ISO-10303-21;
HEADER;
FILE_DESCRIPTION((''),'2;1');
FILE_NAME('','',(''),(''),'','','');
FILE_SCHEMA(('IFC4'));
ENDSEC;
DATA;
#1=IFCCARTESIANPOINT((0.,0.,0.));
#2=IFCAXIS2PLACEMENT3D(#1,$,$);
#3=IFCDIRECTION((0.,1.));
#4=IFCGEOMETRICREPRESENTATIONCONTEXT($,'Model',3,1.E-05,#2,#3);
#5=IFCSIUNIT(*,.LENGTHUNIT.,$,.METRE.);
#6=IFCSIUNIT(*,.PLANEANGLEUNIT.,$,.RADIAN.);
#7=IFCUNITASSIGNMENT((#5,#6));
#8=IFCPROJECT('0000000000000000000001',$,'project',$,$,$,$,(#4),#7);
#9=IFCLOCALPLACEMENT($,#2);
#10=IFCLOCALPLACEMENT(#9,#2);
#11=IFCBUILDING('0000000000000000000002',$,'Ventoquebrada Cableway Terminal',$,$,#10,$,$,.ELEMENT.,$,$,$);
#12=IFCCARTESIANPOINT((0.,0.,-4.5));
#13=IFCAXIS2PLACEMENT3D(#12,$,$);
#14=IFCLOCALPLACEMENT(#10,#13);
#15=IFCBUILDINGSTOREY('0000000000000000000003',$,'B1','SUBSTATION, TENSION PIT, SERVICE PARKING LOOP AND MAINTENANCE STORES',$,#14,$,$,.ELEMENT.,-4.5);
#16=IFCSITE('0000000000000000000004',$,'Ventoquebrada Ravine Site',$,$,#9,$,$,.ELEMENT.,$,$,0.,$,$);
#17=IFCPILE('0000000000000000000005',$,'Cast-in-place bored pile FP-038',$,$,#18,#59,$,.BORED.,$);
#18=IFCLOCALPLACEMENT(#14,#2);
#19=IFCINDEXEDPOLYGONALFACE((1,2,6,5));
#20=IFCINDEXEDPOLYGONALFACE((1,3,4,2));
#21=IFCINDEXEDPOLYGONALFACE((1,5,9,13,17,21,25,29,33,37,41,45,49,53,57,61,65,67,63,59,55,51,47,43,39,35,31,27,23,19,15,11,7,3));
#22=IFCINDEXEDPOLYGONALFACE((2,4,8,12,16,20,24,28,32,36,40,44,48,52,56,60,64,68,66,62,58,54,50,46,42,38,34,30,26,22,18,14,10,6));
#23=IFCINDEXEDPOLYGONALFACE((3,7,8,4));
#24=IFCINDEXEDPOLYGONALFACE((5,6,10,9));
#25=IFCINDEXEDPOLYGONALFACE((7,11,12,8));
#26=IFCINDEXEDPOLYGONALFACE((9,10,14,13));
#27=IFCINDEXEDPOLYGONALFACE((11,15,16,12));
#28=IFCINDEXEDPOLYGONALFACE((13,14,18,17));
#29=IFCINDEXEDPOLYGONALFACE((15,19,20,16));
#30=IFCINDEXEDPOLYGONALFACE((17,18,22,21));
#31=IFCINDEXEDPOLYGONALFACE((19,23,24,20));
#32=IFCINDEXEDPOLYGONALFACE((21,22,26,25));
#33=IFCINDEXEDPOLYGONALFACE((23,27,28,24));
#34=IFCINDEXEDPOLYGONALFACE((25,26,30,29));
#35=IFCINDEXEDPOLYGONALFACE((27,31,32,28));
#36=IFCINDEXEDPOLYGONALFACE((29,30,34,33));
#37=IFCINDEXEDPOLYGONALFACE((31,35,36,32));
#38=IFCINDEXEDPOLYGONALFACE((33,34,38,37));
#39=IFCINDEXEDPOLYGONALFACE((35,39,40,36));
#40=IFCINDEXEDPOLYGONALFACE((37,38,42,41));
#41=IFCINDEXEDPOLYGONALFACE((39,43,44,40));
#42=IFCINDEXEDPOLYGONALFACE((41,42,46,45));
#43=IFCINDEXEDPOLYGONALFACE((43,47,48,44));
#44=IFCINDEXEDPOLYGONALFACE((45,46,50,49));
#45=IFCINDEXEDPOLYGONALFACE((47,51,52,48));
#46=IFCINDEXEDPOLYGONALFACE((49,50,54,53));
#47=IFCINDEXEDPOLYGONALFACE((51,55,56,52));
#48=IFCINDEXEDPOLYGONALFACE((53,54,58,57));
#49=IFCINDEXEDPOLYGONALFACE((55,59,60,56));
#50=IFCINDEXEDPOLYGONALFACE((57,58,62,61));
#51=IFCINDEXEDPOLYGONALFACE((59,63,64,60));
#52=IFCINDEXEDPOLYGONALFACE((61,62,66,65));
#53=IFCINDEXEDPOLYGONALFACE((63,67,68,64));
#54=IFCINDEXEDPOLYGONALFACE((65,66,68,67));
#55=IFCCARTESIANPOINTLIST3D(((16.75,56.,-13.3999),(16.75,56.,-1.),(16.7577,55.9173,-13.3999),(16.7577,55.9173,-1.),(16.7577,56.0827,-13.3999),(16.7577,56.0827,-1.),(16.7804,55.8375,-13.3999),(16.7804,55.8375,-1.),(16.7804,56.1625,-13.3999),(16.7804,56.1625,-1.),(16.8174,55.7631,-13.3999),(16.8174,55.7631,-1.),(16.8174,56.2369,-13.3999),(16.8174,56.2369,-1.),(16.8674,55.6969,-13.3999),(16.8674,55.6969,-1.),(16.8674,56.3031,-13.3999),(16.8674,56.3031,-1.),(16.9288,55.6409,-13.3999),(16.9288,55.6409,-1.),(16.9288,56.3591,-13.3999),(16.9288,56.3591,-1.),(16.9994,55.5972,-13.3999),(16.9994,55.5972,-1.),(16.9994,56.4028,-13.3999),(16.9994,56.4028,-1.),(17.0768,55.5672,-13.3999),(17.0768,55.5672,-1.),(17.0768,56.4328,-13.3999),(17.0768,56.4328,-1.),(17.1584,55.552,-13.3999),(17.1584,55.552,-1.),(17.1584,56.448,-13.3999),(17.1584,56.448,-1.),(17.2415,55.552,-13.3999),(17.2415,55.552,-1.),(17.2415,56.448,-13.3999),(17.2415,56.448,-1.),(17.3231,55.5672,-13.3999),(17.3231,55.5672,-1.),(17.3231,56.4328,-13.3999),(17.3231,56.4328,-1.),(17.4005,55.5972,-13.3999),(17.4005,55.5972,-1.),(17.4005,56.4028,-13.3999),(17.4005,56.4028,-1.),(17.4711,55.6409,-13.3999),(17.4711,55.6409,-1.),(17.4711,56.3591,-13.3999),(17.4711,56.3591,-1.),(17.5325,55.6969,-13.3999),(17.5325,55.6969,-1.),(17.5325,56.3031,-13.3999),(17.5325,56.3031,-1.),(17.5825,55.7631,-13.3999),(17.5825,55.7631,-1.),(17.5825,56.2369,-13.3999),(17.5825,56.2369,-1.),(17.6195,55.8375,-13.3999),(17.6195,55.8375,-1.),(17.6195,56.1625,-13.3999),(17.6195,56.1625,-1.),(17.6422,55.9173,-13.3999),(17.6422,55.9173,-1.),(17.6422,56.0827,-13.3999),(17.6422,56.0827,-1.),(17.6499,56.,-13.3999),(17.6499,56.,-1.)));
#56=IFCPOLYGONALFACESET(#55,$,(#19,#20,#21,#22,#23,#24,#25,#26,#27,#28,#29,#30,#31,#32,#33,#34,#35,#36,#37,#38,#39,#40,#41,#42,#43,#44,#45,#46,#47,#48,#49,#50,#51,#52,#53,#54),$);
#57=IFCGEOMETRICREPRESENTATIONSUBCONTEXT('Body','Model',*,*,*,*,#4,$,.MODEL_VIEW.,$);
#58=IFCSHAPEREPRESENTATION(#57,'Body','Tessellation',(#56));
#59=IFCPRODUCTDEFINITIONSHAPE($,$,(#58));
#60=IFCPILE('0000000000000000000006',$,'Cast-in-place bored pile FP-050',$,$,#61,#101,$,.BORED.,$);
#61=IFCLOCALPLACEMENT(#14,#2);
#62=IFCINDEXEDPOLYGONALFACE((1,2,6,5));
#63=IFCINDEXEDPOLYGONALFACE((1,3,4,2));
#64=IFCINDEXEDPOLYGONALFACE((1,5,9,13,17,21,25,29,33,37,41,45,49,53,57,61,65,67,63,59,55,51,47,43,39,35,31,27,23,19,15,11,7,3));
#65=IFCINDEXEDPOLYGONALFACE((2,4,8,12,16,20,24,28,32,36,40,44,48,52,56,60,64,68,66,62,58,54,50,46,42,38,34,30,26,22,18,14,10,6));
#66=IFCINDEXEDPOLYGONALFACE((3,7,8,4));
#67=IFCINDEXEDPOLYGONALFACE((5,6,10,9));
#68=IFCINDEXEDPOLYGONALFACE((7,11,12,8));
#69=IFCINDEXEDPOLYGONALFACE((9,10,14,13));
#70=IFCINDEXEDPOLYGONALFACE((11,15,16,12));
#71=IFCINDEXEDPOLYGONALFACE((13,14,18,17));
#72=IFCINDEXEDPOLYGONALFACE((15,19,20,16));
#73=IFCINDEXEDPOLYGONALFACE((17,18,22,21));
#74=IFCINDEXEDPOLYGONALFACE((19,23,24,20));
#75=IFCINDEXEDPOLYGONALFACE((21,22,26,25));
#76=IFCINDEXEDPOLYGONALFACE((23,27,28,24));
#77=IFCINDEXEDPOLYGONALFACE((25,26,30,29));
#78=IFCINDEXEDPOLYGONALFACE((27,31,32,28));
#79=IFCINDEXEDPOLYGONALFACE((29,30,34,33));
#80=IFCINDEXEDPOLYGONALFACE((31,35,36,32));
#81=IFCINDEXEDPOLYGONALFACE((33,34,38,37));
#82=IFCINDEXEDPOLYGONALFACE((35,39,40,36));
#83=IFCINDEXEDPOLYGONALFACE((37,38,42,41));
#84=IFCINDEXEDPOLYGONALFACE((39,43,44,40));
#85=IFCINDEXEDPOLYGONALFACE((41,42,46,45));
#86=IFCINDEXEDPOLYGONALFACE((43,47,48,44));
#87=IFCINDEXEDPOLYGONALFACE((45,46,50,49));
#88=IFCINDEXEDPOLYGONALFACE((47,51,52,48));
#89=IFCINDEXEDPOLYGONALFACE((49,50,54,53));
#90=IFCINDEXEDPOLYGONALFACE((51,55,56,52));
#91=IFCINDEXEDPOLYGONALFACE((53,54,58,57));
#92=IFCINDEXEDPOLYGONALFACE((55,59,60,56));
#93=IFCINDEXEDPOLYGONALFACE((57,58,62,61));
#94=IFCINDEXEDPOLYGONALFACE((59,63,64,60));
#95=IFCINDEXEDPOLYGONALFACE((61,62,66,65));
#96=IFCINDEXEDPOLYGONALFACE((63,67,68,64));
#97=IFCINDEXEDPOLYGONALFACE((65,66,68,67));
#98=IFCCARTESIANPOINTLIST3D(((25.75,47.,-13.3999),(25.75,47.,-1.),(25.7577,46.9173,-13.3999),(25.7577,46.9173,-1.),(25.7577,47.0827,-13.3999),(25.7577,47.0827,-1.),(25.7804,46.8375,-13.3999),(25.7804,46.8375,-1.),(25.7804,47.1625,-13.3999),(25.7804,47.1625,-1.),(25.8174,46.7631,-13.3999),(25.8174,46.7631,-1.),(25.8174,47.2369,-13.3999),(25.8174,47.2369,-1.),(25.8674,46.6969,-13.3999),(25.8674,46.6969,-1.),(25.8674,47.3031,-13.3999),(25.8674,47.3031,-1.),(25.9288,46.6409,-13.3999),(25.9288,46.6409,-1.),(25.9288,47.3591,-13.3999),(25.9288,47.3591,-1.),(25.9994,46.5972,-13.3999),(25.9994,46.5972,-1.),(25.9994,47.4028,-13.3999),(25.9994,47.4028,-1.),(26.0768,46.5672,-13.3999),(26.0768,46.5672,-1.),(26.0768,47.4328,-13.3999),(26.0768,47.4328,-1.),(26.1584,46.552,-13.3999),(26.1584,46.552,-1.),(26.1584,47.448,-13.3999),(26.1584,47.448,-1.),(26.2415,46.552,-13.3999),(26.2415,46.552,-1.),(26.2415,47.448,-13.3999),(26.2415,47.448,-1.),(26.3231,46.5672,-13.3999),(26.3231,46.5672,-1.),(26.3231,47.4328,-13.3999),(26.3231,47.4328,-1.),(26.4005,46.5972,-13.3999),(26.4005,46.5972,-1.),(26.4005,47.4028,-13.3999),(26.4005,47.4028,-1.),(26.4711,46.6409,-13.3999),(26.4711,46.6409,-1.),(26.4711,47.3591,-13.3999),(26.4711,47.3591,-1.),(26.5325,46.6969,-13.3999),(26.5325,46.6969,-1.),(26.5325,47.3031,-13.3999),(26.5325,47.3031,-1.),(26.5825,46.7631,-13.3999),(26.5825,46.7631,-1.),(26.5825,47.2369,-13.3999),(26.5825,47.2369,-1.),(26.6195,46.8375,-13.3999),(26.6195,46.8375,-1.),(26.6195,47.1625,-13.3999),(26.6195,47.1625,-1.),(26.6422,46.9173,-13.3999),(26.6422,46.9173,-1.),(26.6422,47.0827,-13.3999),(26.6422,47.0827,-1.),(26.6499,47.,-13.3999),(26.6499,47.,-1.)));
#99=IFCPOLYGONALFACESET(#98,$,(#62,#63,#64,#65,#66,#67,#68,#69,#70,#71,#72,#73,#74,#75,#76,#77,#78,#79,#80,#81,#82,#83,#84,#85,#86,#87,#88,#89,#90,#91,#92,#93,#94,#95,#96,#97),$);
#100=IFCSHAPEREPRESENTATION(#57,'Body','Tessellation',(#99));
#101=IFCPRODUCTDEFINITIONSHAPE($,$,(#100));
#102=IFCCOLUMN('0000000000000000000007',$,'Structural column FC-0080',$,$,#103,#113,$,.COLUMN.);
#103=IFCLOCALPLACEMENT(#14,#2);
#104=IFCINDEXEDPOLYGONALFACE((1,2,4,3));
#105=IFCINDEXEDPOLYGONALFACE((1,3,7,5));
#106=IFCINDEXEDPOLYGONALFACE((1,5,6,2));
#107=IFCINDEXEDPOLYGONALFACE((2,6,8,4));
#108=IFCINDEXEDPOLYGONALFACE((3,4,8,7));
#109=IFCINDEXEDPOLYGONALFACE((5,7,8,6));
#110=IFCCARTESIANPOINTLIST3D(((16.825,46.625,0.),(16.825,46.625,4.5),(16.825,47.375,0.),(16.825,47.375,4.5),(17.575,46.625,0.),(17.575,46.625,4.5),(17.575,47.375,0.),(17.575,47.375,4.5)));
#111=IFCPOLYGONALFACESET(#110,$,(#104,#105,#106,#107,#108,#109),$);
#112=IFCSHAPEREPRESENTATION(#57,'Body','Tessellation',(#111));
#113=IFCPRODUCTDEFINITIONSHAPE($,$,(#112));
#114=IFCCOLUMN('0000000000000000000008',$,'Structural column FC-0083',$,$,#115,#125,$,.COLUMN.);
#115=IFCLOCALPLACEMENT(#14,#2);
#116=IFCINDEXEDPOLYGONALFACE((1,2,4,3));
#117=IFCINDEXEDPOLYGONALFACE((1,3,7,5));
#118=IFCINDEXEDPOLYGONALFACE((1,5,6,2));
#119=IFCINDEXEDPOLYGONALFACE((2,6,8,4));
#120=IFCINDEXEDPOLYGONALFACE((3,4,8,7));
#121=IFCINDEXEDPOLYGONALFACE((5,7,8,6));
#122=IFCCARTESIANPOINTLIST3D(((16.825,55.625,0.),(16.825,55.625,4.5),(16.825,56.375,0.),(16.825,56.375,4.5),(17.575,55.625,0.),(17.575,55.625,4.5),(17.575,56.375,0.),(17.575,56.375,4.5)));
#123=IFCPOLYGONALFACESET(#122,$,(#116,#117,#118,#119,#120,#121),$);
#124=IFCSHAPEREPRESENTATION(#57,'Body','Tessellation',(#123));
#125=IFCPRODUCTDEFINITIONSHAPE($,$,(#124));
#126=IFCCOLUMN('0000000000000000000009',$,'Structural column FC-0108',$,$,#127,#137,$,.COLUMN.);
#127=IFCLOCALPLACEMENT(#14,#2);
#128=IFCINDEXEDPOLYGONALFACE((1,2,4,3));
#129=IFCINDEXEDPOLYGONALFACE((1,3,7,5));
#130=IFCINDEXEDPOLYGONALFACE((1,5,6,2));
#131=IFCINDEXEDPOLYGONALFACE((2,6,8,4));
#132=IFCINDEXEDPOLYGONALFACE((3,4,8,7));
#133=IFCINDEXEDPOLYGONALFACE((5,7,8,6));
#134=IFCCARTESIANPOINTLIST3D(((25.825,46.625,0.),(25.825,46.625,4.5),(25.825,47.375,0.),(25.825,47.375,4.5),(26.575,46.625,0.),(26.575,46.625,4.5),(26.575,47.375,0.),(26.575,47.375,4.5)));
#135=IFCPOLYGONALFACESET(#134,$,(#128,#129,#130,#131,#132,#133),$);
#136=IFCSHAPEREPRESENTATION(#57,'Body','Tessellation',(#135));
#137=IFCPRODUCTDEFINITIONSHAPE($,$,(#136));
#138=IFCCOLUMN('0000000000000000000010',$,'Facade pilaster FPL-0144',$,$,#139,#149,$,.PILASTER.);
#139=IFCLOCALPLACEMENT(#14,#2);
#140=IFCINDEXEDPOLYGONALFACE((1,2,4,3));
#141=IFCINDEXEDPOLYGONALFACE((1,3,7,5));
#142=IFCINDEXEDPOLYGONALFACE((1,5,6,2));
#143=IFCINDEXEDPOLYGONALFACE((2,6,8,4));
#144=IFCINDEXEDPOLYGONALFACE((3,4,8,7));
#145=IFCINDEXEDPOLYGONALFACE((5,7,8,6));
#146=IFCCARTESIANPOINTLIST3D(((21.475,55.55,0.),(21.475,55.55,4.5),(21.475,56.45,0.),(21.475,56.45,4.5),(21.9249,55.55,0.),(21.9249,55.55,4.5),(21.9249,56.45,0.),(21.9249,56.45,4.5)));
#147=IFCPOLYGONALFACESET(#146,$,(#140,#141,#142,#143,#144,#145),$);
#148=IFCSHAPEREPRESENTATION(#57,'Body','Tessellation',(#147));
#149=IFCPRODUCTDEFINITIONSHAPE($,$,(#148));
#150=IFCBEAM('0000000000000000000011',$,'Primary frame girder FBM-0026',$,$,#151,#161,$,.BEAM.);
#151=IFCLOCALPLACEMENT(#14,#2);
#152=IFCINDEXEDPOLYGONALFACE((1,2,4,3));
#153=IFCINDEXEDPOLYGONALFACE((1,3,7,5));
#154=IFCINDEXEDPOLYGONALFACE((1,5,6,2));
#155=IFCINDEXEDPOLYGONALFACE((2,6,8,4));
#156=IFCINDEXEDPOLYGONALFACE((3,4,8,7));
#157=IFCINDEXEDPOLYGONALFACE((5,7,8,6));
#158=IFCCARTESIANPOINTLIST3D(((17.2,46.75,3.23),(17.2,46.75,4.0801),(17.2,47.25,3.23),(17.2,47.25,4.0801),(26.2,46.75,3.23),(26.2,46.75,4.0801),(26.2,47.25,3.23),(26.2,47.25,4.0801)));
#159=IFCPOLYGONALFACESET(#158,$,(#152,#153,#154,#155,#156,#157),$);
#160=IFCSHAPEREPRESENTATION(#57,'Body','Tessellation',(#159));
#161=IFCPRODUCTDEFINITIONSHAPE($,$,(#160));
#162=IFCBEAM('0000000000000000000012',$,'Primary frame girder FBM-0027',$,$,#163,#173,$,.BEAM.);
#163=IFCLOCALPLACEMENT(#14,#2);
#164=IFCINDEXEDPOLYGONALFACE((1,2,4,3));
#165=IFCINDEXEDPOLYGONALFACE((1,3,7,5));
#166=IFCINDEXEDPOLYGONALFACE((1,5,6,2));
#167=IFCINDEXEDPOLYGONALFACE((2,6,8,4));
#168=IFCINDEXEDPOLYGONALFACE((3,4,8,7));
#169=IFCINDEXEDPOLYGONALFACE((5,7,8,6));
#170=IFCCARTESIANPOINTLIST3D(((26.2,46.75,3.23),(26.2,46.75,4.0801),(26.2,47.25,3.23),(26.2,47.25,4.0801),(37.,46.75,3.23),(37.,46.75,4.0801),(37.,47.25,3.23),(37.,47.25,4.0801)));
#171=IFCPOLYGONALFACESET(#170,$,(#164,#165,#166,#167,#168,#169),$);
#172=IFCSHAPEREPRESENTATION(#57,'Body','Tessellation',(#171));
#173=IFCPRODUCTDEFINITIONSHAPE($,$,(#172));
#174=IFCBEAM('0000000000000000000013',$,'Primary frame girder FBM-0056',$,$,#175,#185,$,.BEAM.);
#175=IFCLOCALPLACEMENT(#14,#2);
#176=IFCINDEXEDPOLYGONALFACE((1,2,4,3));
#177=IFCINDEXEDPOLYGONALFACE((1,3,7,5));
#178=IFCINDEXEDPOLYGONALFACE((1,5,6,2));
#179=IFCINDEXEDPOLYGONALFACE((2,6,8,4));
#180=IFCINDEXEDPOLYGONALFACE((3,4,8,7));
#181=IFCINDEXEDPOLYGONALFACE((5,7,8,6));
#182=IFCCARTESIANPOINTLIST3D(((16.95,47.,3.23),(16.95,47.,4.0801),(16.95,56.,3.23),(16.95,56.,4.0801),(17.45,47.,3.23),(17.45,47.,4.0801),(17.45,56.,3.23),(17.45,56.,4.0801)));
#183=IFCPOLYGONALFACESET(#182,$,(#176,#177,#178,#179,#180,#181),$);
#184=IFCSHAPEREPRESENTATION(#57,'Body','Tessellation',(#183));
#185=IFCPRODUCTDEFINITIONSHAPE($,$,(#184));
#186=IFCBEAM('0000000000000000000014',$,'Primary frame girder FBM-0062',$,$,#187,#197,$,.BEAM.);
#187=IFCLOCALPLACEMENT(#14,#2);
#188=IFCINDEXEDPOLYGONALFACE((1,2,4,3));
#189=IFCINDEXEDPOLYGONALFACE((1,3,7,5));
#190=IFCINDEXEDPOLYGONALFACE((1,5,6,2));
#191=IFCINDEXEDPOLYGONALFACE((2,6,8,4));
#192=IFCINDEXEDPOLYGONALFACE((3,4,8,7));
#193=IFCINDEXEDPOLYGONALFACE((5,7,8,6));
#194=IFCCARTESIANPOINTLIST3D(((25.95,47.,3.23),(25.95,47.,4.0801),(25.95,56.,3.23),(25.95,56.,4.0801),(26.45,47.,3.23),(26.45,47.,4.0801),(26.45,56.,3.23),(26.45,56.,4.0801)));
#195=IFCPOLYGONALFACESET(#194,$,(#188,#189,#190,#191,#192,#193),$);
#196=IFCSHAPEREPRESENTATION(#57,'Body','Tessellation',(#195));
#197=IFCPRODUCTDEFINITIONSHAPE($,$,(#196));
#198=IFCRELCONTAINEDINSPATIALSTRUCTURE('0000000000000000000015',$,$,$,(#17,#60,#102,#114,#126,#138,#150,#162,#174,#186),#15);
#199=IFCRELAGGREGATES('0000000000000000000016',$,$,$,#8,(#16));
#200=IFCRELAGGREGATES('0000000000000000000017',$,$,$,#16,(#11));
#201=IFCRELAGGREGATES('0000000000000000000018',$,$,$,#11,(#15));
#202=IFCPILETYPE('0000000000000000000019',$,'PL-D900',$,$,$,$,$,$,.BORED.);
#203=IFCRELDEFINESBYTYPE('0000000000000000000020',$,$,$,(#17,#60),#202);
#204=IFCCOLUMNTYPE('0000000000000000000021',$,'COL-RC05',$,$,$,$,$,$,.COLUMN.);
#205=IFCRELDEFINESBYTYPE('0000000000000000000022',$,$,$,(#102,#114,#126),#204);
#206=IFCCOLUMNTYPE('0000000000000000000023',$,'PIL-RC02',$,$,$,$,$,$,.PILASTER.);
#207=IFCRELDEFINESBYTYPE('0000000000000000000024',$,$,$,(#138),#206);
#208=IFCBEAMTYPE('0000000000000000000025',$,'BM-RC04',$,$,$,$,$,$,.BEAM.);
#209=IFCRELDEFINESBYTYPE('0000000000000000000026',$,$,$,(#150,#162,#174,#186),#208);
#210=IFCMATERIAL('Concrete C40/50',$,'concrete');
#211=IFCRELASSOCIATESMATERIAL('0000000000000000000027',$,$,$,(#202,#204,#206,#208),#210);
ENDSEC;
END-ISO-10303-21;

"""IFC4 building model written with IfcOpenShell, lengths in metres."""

from ifc_helpers import new_model, si_unit, direction, frame, origin, origin_2d, place, context, subcontext, project, spatial, rectangle, circle, extrude, material, material_profile, profile_set, type_object, element, save


model = new_model("IFC4")

# Units and contexts
model_context = context("Model", 3, precision=1e-05, world=origin(), true_north=direction((0.0, 1.0)))
body_context = subcontext(model_context, "Body", "Model", "MODEL_VIEW")
ifc_project = project(units=[si_unit("LENGTHUNIT", "METRE"), si_unit("PLANEANGLEUNIT", "RADIAN")], contexts=[model_context])

# Site, building, storey
site_placement = place(None, origin())
site = spatial("IfcSite", under=ifc_project, at=site_placement, Name="Ventoquebrada Ravine Site", CompositionType="ELEMENT", RefElevation=0.0)
building_placement = place(site_placement, origin())
building = spatial("IfcBuilding", under=site, at=building_placement, Name="Ventoquebrada Cableway Terminal", CompositionType="ELEMENT")
storey_placement = place(building_placement, frame((0.0, 0.0, -4.5)))
storey = spatial("IfcBuildingStorey", under=building, at=storey_placement, Name="B1", Description="SUBSTATION, TENSION PIT, SERVICE PARKING LOOP AND MAINTENANCE STORES", CompositionType="ELEMENT", Elevation=-4.5)

# Shared definitions
ifc_material = material(Name="Concrete C40/50", Category="concrete")

# Piles
ifc_material_profile_1 = material_profile(ifc_material, circle(Radius=0.45, at=origin_2d()), Name="PILE-D900")
ifc_profile_set_1 = profile_set([ifc_material_profile_1], Name="Concrete C40/50")
pile_type = type_object("IfcPileType", Name="PL-D900", PredefinedType="BORED", material=ifc_profile_set_1)
for number, where, z_axis, x_axis, name in (
    (1, (17.2, 56.0, -1.0), (0.0, 0.0, -1.0), (1.0, 0.0, 0.0), "Cast-in-place bored pile FP-038"),
    (2, (26.2, 47.0, -1.0), (0.0, 0.0, -1.0), (1.0, 0.0, 0.0), "Cast-in-place bored pile FP-050"),
):
    element("IfcPile", number, at=place(storey_placement, frame(where, z_axis=z_axis, x_axis=x_axis)), inside=storey, type_object=pile_type, Name=name, PredefinedType="BORED", context=body_context, shape_type="SweptSolid", body=[
        extrude(circle(Radius=0.45, at=origin_2d()), origin(), (0.0, 0.0, 1.0), 12.3999),
    ])

# Columns
ifc_material_profile_2 = material_profile(ifc_material, rectangle(XDim=0.75, YDim=0.75, at=origin_2d()), Name="RC-COL-750X750")
ifc_profile_set_2 = profile_set([ifc_material_profile_2], Name="Concrete C40/50")
column_type_1 = type_object("IfcColumnType", Name="COL-RC05", PredefinedType="COLUMN", material=ifc_profile_set_2)
for number, where, z_axis, x_axis, name in (
    (3, (17.2, 47.0, 0.0), (0.0, 0.0, 1.0), (1.0, 0.0, 0.0), "Structural column FC-0080"),
    (4, (17.2, 56.0, 0.0), (0.0, 0.0, 1.0), (1.0, 0.0, 0.0), "Structural column FC-0083"),
    (5, (26.2, 47.0, 0.0), (0.0, 0.0, 1.0), (1.0, 0.0, 0.0), "Structural column FC-0108"),
):
    element("IfcColumn", number, at=place(storey_placement, frame(where, z_axis=z_axis, x_axis=x_axis)), inside=storey, type_object=column_type_1, Name=name, PredefinedType="COLUMN", context=body_context, shape_type="SweptSolid", body=[
        extrude(rectangle(XDim=0.75, YDim=0.75, at=origin_2d()), origin(), (0.0, 0.0, 1.0), 4.5),
    ])
ifc_material_profile_3 = material_profile(ifc_material, rectangle(XDim=0.45, YDim=0.8999, at=origin_2d()), Name="RC-PIL-450X900")
ifc_profile_set_3 = profile_set([ifc_material_profile_3], Name="Concrete C40/50")
column_type_2 = type_object("IfcColumnType", Name="PIL-RC02", PredefinedType="PILASTER", material=ifc_profile_set_3)
column_placement = place(storey_placement, frame((21.7, 56.0, 0.0), z_axis=(0.0, 0.0, 1.0), x_axis=(1.0, 0.0, 0.0)))
element("IfcColumn", 6, at=column_placement, inside=storey, type_object=column_type_2, Name="Facade pilaster FPL-0144", PredefinedType="PILASTER", context=body_context, shape_type="SweptSolid", body=[
    extrude(rectangle(XDim=0.45, YDim=0.8999, at=origin_2d()), origin(), (0.0, 0.0, 1.0), 4.5),
])

# Beams
ifc_material_profile_4 = material_profile(ifc_material, rectangle(XDim=0.5, YDim=0.8501, at=origin_2d()), Name="RC-BM-500X850")
ifc_profile_set_4 = profile_set([ifc_material_profile_4], Name="Concrete C40/50")
beam_type_1 = type_object("IfcBeamType", Name="BM-RC04", PredefinedType="BEAM", material=ifc_profile_set_4)
beam_1_placement = place(storey_placement, frame((17.2, 47.0, 3.655), z_axis=(1.0, 0.0, 0.0), x_axis=(0.0, 1.0, 0.0)))
element("IfcBeam", 7, at=beam_1_placement, inside=storey, type_object=beam_type_1, Name="Primary frame girder FBM-0026", PredefinedType="BEAM", context=body_context, shape_type="SweptSolid", body=[
    extrude(rectangle(XDim=0.5, YDim=0.8501, at=origin_2d()), origin(), (0.0, 0.0, 1.0), 9.0),
])
beam_2_placement = place(storey_placement, frame((26.2, 47.0, 3.655), z_axis=(1.0, 0.0, 0.0), x_axis=(0.0, 1.0, 0.0)))
element("IfcBeam", 8, at=beam_2_placement, inside=storey, type_object=beam_type_1, Name="Primary frame girder FBM-0027", PredefinedType="BEAM", context=body_context, shape_type="SweptSolid", body=[
    extrude(rectangle(XDim=0.5, YDim=0.8501, at=origin_2d()), origin(), (0.0, 0.0, 1.0), 10.8),
])
for number, where, z_axis, x_axis, name in (
    (9, (17.2, 47.0, 3.655), (0.0, 1.0, 0.0), (-1.0, 0.0, 0.0), "Primary frame girder FBM-0056"),
    (10, (26.2, 47.0, 3.655), (0.0, 1.0, 0.0), (-1.0, 0.0, 0.0), "Primary frame girder FBM-0062"),
):
    element("IfcBeam", number, at=place(storey_placement, frame(where, z_axis=z_axis, x_axis=x_axis)), inside=storey, type_object=beam_type_1, Name=name, PredefinedType="BEAM", context=body_context, shape_type="SweptSolid", body=[
        extrude(rectangle(XDim=0.5, YDim=0.8501, at=origin_2d()), origin(), (0.0, 0.0, 1.0), 9.0),
    ])

save(model, "model.ifc")
